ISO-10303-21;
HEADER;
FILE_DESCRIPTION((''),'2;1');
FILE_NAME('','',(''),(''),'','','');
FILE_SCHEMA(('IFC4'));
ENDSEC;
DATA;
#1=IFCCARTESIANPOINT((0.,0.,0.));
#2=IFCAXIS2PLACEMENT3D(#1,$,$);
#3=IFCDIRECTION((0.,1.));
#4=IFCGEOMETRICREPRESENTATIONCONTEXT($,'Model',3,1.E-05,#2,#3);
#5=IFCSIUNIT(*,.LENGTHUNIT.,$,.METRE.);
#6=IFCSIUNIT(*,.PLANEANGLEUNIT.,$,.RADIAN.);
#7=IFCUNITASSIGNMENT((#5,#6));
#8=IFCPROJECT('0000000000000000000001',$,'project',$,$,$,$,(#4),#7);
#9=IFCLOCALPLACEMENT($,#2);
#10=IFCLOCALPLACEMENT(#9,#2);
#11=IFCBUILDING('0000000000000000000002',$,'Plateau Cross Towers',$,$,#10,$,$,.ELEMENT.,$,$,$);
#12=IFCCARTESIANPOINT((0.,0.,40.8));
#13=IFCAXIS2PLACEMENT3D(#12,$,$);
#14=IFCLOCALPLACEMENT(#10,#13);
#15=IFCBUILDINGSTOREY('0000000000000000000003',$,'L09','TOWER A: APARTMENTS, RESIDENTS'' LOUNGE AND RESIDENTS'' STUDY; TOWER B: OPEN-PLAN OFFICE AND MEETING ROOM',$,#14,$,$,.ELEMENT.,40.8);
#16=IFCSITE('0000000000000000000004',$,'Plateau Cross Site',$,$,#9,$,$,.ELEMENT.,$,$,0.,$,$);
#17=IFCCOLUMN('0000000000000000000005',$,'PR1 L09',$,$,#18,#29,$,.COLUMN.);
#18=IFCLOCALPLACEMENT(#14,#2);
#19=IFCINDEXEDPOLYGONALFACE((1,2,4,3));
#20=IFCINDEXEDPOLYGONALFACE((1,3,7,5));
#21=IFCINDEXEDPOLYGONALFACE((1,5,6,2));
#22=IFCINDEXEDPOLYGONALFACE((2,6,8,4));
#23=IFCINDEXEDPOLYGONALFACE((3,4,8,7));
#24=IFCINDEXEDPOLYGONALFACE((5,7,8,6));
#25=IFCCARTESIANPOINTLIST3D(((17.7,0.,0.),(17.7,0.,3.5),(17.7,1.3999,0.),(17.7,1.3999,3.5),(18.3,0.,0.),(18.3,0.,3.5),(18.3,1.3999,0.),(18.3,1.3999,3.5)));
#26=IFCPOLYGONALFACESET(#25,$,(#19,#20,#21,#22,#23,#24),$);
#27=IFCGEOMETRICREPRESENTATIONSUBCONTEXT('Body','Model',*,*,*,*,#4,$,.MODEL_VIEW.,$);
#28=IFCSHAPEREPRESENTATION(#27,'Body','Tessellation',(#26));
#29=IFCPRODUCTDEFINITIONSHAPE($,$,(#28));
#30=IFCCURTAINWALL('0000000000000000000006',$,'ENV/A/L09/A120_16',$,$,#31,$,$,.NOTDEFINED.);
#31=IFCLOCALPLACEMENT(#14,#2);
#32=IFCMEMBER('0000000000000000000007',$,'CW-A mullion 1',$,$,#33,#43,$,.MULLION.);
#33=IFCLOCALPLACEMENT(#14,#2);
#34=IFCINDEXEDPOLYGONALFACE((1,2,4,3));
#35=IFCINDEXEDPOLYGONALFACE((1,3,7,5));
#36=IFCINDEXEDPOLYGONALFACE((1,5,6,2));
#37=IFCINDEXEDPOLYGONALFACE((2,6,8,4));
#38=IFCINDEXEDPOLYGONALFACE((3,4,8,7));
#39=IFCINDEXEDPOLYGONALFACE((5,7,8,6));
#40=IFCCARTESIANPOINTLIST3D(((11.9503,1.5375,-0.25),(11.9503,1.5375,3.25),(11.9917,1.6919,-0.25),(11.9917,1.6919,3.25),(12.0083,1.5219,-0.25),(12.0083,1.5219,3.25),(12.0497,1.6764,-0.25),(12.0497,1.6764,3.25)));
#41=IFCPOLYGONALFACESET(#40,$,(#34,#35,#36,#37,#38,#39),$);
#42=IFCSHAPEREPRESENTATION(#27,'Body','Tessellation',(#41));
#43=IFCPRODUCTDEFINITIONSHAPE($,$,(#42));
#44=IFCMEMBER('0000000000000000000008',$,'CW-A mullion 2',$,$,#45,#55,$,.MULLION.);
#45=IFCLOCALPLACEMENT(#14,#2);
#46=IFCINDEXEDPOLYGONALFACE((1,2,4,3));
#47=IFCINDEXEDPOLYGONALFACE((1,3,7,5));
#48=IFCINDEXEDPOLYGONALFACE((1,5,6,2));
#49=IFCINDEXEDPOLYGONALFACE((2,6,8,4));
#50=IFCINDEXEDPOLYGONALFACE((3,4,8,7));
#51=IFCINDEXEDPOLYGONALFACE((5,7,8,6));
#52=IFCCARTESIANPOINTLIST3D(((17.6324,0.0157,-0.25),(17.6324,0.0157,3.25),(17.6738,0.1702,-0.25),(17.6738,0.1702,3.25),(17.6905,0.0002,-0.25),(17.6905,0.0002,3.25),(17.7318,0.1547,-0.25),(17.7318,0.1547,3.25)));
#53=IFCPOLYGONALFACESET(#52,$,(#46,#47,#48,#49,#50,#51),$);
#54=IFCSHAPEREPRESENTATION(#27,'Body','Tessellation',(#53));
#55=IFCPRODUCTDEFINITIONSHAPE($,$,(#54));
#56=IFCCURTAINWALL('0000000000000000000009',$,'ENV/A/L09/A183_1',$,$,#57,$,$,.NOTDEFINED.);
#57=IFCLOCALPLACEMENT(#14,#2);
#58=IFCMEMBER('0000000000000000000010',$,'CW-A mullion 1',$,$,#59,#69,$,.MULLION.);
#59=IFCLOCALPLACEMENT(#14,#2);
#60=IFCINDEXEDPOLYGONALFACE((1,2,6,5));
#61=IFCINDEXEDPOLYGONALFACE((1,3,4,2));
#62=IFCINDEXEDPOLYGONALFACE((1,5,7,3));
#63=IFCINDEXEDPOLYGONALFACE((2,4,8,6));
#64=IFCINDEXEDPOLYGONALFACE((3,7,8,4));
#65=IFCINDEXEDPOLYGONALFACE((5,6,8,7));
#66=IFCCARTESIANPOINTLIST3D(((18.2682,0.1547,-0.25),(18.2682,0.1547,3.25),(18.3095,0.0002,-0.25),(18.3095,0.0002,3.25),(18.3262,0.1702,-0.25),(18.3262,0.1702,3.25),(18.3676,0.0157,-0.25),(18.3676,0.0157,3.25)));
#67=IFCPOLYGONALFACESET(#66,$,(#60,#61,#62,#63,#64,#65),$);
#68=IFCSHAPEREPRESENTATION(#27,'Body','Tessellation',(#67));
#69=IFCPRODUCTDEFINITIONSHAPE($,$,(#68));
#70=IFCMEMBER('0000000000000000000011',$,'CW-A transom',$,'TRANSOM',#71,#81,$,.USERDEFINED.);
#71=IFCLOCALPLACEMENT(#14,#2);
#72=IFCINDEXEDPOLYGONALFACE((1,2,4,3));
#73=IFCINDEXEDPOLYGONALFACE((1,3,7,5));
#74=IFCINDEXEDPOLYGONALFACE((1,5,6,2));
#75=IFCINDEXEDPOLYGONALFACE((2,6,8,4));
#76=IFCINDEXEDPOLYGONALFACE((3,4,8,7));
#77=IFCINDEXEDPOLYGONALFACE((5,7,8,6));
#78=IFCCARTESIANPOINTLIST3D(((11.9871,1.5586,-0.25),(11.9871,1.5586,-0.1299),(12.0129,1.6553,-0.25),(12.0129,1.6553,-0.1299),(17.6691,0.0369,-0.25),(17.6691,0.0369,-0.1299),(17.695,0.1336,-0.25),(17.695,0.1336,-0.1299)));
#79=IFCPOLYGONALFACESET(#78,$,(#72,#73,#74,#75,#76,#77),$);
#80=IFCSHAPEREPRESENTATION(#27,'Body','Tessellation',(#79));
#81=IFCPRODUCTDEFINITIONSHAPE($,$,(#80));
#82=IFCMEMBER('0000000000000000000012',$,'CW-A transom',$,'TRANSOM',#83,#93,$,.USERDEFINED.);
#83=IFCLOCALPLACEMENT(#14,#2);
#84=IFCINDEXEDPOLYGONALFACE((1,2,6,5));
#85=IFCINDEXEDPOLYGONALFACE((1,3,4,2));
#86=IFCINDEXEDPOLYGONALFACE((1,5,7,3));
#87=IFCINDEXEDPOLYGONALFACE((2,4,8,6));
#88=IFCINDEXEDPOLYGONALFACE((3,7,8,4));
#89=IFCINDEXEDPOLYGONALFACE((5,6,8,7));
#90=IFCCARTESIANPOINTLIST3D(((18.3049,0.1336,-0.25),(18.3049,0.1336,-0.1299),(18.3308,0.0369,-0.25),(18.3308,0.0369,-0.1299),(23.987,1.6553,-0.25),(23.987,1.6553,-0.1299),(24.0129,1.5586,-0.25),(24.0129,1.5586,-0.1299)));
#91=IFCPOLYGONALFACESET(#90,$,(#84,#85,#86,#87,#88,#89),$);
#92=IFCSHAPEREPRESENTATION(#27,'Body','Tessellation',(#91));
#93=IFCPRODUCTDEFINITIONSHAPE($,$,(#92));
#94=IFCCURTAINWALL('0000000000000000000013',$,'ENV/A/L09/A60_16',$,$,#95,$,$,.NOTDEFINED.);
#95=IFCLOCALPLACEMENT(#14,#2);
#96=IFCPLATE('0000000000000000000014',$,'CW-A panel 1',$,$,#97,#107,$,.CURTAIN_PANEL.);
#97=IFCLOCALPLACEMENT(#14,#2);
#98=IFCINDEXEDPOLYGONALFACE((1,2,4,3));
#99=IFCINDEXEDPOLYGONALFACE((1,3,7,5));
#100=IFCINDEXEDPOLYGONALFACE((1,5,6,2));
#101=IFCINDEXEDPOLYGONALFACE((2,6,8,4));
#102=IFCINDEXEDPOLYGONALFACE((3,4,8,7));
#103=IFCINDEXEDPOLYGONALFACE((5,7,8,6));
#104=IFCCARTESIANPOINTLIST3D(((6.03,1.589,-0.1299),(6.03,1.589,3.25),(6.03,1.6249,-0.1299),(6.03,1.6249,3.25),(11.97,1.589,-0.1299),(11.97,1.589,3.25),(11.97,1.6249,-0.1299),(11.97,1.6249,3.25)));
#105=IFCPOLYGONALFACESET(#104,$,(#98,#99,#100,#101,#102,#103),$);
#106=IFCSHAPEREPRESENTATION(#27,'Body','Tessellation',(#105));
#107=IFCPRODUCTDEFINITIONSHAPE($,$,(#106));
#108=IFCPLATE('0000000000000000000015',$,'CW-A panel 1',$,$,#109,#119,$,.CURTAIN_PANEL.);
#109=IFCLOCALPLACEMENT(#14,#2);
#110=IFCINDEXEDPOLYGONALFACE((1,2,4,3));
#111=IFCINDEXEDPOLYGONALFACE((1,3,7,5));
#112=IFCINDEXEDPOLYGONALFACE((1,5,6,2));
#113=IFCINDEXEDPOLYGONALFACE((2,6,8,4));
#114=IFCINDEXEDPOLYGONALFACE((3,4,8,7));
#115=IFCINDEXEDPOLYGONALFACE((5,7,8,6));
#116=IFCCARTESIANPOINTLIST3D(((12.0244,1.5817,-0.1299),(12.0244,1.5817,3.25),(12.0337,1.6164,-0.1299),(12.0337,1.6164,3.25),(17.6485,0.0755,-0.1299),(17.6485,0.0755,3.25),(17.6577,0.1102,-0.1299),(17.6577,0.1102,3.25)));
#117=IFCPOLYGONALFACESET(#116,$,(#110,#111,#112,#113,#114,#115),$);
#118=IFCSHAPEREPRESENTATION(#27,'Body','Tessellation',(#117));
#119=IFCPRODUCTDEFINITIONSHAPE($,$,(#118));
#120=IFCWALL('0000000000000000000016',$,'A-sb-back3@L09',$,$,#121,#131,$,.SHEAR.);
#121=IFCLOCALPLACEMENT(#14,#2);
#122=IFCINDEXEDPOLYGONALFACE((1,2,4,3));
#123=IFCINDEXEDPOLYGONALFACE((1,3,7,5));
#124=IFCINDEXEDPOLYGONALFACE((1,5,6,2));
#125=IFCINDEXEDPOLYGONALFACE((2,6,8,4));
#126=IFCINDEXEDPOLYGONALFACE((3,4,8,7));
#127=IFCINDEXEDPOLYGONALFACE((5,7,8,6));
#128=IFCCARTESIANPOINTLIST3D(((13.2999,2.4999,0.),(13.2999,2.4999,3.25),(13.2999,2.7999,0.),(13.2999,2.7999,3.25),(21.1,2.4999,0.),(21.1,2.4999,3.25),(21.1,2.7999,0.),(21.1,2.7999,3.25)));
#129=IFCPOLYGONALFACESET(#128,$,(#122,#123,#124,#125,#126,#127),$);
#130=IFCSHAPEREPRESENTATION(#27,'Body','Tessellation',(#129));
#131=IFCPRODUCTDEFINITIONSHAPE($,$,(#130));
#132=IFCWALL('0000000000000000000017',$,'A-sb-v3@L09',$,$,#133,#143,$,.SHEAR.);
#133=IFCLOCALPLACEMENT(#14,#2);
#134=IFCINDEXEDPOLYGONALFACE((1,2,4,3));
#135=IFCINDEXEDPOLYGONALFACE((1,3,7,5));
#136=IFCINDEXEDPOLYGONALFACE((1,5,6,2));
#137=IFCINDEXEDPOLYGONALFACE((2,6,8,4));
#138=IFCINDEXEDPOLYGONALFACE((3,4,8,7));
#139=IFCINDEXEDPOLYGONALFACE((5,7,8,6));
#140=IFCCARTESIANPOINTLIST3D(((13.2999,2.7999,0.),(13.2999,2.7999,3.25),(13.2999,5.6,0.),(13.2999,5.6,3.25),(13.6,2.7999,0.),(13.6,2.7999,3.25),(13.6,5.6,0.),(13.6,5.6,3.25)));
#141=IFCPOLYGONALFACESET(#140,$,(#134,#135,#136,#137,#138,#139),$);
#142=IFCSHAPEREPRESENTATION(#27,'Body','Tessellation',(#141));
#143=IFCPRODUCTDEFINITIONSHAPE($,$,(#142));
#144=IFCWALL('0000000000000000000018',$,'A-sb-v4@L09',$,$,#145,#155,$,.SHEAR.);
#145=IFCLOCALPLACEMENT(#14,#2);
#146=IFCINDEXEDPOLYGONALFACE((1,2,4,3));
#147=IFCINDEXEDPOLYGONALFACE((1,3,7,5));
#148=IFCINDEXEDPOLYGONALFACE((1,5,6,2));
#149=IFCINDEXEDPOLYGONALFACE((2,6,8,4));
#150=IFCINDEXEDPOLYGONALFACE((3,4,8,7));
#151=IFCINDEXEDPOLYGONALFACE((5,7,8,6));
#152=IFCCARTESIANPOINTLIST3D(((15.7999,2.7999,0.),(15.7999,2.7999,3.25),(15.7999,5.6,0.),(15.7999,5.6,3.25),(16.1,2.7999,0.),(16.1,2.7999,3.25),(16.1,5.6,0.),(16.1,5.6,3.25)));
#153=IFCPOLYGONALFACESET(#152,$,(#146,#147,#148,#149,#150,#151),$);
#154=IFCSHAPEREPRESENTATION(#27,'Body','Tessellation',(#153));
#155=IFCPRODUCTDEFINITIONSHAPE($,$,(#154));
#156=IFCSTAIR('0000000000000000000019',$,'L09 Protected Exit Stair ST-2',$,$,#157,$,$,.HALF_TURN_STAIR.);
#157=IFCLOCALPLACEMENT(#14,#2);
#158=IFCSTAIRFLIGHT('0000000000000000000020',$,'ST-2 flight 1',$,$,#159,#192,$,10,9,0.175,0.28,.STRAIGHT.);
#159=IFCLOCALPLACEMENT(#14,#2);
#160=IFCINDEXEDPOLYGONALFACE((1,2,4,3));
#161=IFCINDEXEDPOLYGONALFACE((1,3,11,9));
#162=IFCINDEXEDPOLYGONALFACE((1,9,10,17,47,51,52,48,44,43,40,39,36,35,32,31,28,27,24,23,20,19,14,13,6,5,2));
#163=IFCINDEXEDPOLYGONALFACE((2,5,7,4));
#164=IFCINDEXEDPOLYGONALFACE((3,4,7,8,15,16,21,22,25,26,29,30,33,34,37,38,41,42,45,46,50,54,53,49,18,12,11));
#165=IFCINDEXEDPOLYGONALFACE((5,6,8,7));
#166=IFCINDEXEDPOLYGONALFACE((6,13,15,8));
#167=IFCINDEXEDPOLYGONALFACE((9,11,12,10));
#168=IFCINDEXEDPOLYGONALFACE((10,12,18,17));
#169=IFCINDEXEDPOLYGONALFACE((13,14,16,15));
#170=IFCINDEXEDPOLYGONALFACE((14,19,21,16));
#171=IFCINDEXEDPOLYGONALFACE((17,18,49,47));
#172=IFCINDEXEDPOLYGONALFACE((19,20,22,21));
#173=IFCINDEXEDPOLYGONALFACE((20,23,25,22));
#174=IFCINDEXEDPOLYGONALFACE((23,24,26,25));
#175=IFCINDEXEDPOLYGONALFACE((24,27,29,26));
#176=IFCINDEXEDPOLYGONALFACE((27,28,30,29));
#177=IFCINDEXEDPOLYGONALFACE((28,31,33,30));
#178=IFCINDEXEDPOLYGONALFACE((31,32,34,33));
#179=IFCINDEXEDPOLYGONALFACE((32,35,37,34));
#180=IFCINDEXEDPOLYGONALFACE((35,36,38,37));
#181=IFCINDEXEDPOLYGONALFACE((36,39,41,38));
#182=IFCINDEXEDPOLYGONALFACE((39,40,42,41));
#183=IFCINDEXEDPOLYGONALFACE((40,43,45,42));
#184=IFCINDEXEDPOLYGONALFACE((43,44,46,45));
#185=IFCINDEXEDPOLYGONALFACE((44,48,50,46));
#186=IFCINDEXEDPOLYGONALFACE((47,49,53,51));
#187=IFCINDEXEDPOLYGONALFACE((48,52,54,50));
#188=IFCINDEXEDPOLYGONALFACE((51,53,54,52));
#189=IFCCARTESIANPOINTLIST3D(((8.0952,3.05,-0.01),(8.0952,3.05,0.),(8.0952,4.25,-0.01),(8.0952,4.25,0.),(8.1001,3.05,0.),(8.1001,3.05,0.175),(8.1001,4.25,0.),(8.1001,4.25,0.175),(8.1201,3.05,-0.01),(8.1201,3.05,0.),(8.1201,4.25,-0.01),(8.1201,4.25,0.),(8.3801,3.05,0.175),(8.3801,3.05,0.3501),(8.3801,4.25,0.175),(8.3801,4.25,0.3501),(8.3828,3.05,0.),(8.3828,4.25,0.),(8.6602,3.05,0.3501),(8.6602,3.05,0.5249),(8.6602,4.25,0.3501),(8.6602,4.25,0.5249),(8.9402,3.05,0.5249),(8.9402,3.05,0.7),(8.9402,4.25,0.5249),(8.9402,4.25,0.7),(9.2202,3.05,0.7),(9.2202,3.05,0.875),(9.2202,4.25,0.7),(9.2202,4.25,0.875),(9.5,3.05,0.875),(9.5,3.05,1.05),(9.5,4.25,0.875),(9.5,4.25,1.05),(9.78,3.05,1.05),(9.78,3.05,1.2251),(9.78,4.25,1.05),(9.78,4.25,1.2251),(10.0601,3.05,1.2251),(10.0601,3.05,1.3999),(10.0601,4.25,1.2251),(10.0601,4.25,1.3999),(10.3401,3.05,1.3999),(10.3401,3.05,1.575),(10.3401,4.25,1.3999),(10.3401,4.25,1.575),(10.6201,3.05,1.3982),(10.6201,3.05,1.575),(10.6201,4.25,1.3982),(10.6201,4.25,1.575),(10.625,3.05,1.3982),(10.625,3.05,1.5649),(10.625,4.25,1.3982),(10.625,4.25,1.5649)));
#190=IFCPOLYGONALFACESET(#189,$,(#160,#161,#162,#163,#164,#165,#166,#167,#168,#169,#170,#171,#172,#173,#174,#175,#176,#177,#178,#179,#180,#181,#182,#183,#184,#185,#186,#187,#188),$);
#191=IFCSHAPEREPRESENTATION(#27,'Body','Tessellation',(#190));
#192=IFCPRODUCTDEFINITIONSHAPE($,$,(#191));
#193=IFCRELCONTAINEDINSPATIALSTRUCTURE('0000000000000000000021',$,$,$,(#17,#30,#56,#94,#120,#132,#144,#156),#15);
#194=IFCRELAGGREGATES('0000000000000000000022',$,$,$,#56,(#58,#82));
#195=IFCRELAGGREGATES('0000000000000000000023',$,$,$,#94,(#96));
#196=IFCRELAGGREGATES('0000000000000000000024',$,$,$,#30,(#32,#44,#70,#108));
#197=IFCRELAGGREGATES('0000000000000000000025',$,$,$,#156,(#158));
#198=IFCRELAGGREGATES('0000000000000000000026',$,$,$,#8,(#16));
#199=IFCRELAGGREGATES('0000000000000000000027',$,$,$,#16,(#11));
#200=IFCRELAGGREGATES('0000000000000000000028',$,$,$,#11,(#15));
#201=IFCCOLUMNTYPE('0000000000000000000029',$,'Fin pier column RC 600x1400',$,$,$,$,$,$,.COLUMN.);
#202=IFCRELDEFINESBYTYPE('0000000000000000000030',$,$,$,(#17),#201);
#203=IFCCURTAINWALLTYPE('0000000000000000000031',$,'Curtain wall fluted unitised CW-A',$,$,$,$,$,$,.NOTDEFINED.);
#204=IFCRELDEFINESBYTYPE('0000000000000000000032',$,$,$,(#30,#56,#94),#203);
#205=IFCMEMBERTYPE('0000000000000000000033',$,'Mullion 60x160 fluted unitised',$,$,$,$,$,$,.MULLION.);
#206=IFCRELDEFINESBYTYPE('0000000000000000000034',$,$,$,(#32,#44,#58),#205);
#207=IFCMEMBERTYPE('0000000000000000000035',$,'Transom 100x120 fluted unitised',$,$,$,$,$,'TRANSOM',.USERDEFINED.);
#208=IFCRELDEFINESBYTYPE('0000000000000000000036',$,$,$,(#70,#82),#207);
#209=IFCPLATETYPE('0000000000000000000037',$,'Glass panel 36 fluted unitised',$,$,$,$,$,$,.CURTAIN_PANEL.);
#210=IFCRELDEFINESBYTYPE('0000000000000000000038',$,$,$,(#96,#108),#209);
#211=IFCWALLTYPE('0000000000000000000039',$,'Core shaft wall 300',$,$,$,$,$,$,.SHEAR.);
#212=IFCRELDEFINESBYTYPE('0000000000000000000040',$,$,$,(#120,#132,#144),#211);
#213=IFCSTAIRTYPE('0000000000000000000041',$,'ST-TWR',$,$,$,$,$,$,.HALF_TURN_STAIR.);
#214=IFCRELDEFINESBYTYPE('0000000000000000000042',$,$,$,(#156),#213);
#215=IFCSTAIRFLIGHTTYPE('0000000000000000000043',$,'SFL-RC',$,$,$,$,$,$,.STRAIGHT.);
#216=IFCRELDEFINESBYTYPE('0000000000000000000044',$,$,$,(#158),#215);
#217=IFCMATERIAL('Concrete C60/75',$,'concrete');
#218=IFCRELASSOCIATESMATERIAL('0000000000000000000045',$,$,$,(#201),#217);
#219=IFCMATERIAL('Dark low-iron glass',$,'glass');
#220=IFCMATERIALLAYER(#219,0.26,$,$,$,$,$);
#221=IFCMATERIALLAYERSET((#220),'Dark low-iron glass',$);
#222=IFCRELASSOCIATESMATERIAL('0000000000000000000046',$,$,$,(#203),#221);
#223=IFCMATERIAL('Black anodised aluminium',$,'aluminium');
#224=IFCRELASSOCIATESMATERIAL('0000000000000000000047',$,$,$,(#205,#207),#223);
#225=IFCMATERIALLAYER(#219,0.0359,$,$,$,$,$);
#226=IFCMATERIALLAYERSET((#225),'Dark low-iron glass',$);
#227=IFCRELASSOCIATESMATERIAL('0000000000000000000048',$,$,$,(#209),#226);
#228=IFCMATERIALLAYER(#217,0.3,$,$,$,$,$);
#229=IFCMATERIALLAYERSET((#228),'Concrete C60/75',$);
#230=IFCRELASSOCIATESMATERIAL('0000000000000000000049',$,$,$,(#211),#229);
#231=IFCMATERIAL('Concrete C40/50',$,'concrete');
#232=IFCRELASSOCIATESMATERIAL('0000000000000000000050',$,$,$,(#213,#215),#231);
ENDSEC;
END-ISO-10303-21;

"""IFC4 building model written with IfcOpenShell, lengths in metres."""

from ifc_helpers import new_model, si_unit, direction, frame, frame_2d, origin, origin_2d, place, context, subcontext, project, spatial, polyline, rectangle, outline, extrude, material, layer, layer_set, material_profile, profile_set, type_object, element, aggregate, save


model = new_model("IFC4")

# Units and contexts
model_context = context("Model", 3, precision=1e-05, world=origin(), true_north=direction((0.0, 1.0)))
body_context = subcontext(model_context, "Body", "Model", "MODEL_VIEW")
ifc_project = project(units=[si_unit("LENGTHUNIT", "METRE"), si_unit("PLANEANGLEUNIT", "RADIAN")], contexts=[model_context])

# Site, building, storey
site_placement = place(None, origin())
site = spatial("IfcSite", under=ifc_project, at=site_placement, Name="Plateau Cross Site", CompositionType="ELEMENT", RefElevation=0.0)
building_placement = place(site_placement, origin())
building = spatial("IfcBuilding", under=site, at=building_placement, Name="Plateau Cross Towers", CompositionType="ELEMENT")
storey_placement = place(building_placement, frame((0.0, 0.0, 40.8)))
storey = spatial("IfcBuildingStorey", under=building, at=storey_placement, Name="L09", Description="TOWER A: APARTMENTS, RESIDENTS' LOUNGE AND RESIDENTS' STUDY; TOWER B: OPEN-PLAN OFFICE AND MEETING ROOM", CompositionType="ELEMENT", Elevation=40.8)

# Column
ifc_material_1 = material(Name="Concrete C60/75", Category="concrete")
ifc_material_profile_1 = material_profile(ifc_material_1, rectangle(XDim=0.6001, YDim=1.3999, at=origin_2d()), Name="RC 600x1400")
ifc_profile_set_1 = profile_set([ifc_material_profile_1], Name="Concrete C60/75")
column_type = type_object("IfcColumnType", Name="Fin pier column RC 600x1400", PredefinedType="COLUMN", material=ifc_profile_set_1)
column_placement = place(storey_placement, frame((18.0, 0.7, 0.0), z_axis=(0.0, 0.0, 1.0), x_axis=(1.0, 0.0, 0.0)))
element("IfcColumn", 1, at=column_placement, inside=storey, type_object=column_type, Name="PR1 L09", PredefinedType="COLUMN", context=body_context, shape_type="SweptSolid", body=[
    extrude(rectangle(XDim=0.6001, YDim=1.3999, at=origin_2d()), origin(), (0.0, 0.0, 1.0), 3.5),
])

# Curtain wall, members
ifc_material_2 = material(Name="Dark low-iron glass", Category="glass")
ifc_layer_1 = layer(ifc_material_2, 0.26)
ifc_layer_set_1 = layer_set([ifc_layer_1], Name="Dark low-iron glass")
curtain_wall_type = type_object("IfcCurtainWallType", Name="Curtain wall fluted unitised CW-A", PredefinedType="NOTDEFINED", material=ifc_layer_set_1)
curtain_wall_1_placement = place(storey_placement, origin())
curtain_wall_1 = element("IfcCurtainWall", 2, at=curtain_wall_1_placement, inside=storey, type_object=curtain_wall_type, Name="ENV/A/L09/A120_16", PredefinedType="NOTDEFINED")
ifc_material_3 = material(Name="Black anodised aluminium", Category="aluminium")
ifc_material_profile_2 = material_profile(ifc_material_3, rectangle(XDim=0.0601, YDim=0.1599, at=origin_2d()), Name="MULLION 60x160")
ifc_profile_set_2 = profile_set([ifc_material_profile_2], Name="Black anodised aluminium")
member_type_1 = type_object("IfcMemberType", Name="Mullion 60x160 fluted unitised", PredefinedType="MULLION", material=ifc_profile_set_2)
member_1_placement = place(storey_placement, frame((12.0, 1.6069, -0.25), z_axis=(0.0, 0.0, 1.0), x_axis=(0.965958, -0.258699, 0.0)))
member_1 = element("IfcMember", 3, at=member_1_placement, type_object=member_type_1, Name="CW-A mullion 1", PredefinedType="MULLION", context=body_context, shape_type="SweptSolid", body=[
    extrude(rectangle(XDim=0.0601, YDim=0.1599, at=origin_2d()), origin(), (0.0, 0.0, 1.0), 3.5),
])
member_2_placement = place(storey_placement, frame((17.6821, 0.0852, -0.25), z_axis=(0.0, 0.0, 1.0), x_axis=(0.965958, -0.258699, 0.0)))
member_2 = element("IfcMember", 4, at=member_2_placement, type_object=member_type_1, Name="CW-A mullion 2", PredefinedType="MULLION", context=body_context, shape_type="SweptSolid", body=[
    extrude(rectangle(XDim=0.0601, YDim=0.1599, at=origin_2d()), origin(), (0.0, 0.0, 1.0), 3.5),
])

# Curtain wall, member
curtain_wall_2_placement = place(storey_placement, origin())
curtain_wall_2 = element("IfcCurtainWall", 5, at=curtain_wall_2_placement, inside=storey, type_object=curtain_wall_type, Name="ENV/A/L09/A183_1", PredefinedType="NOTDEFINED")
member_3_placement = place(storey_placement, frame((18.3179, 0.0852, -0.25), z_axis=(0.0, 0.0, 1.0), x_axis=(0.965958, 0.258699, 0.0)))
member_3 = element("IfcMember", 6, at=member_3_placement, type_object=member_type_1, Name="CW-A mullion 1", PredefinedType="MULLION", context=body_context, shape_type="SweptSolid", body=[
    extrude(rectangle(XDim=0.0601, YDim=0.1599, at=origin_2d()), origin(), (0.0, 0.0, 1.0), 3.5),
])

# Members
ifc_material_profile_3 = material_profile(ifc_material_3, rectangle(XDim=0.1001, YDim=0.1201, at=origin_2d()), Name="TRANSOM 100x120")
ifc_profile_set_3 = profile_set([ifc_material_profile_3], Name="Black anodised aluminium")
member_type_2 = type_object("IfcMemberType", Name="Transom 100x120 fluted unitised", ElementType="TRANSOM", PredefinedType="USERDEFINED", material=ifc_profile_set_3)
member_4_placement = place(storey_placement, frame((12.0, 1.6069, -0.1899), z_axis=(0.96596, -0.258693, 0.0), x_axis=(0.258693, 0.96596, 0.0)))
member_4 = element("IfcMember", 7, at=member_4_placement, type_object=member_type_2, Name="CW-A transom", ObjectType="TRANSOM", PredefinedType="USERDEFINED", context=body_context, shape_type="SweptSolid", body=[
    extrude(rectangle(XDim=0.1001, YDim=0.1201, at=origin_2d()), origin(), (0.0, 0.0, 1.0), 5.8823),
])
member_5_placement = place(storey_placement, frame((18.3179, 0.0852, -0.1899), z_axis=(0.96596, 0.258693, 0.0), x_axis=(-0.258693, 0.96596, 0.0)))
member_5 = element("IfcMember", 8, at=member_5_placement, type_object=member_type_2, Name="CW-A transom", ObjectType="TRANSOM", PredefinedType="USERDEFINED", context=body_context, shape_type="SweptSolid", body=[
    extrude(rectangle(XDim=0.1001, YDim=0.1201, at=origin_2d()), origin(), (0.0, 0.0, 1.0), 5.8823),
])
aggregate(curtain_wall_2, [member_3, member_5])

# Curtain wall, plate
curtain_wall_3_placement = place(storey_placement, origin())
curtain_wall_3 = element("IfcCurtainWall", 9, at=curtain_wall_3_placement, inside=storey, type_object=curtain_wall_type, Name="ENV/A/L09/A60_16", PredefinedType="NOTDEFINED")
ifc_layer_2 = layer(ifc_material_2, 0.0359)
ifc_layer_set_2 = layer_set([ifc_layer_2], Name="Dark low-iron glass")
plate_type = type_object("IfcPlateType", Name="Glass panel 36 fluted unitised", PredefinedType="CURTAIN_PANEL", material=ifc_layer_set_2)
plate_1_placement = place(storey_placement, frame((9.0, 1.6069, -0.1299), z_axis=(0.0, 0.0, 1.0), x_axis=(1.0, 0.0, 0.0)))
plate_1 = element("IfcPlate", 10, at=plate_1_placement, type_object=plate_type, Name="CW-A panel 1", PredefinedType="CURTAIN_PANEL", context=body_context, shape_type="SweptSolid", body=[
    extrude(rectangle(XDim=5.9399, YDim=0.0359, at=origin_2d()), origin(), (0.0, 0.0, 1.0), 3.3799),
])
aggregate(curtain_wall_3, [plate_1])

# Plate
plate_2_placement = place(storey_placement, frame((14.8411, 0.8459, -0.1299), z_axis=(0.0, 0.0, 1.0), x_axis=(0.965958, -0.258699, 0.0)))
plate_2 = element("IfcPlate", 11, at=plate_2_placement, type_object=plate_type, Name="CW-A panel 1", PredefinedType="CURTAIN_PANEL", context=body_context, shape_type="SweptSolid", body=[
    extrude(rectangle(XDim=5.8223, YDim=0.0359, at=origin_2d()), origin(), (0.0, 0.0, 1.0), 3.3799),
])
aggregate(curtain_wall_1, [member_1, member_2, member_4, plate_2])

# Walls
ifc_layer_3 = layer(ifc_material_1, 0.3)
ifc_layer_set_3 = layer_set([ifc_layer_3], Name="Concrete C60/75")
wall_type = type_object("IfcWallType", Name="Core shaft wall 300", PredefinedType="SHEAR", material=ifc_layer_set_3)
wall_placement = place(storey_placement, frame((13.3, 2.6499, 0.0), z_axis=(0.0, 0.0, 1.0), x_axis=(1.0, 0.0, 0.0)))
element("IfcWall", 12, at=wall_placement, inside=storey, type_object=wall_type, Name="A-sb-back3@L09", PredefinedType="SHEAR", context=body_context, shape_type="SweptSolid", body=[
    extrude(rectangle(XDim=7.8, YDim=0.3, at=frame_2d((3.8999, 0.0))), origin(), (0.0, 0.0, 1.0), 3.25),
])
for number, where, z_axis, x_axis, name in (
    (13, (13.45, 2.8, 0.0), (0.0, 0.0, 1.0), (0.0, 1.0, 0.0), "A-sb-v3@L09"),
    (14, (15.95, 2.8, 0.0), (0.0, 0.0, 1.0), (0.0, 1.0, 0.0), "A-sb-v4@L09"),
):
    element("IfcWall", number, at=place(storey_placement, frame(where, z_axis=z_axis, x_axis=x_axis)), inside=storey, type_object=wall_type, Name=name, PredefinedType="SHEAR", context=body_context, shape_type="SweptSolid", body=[
        extrude(rectangle(XDim=2.8, YDim=0.3, at=frame_2d((1.3999, 0.0))), origin(), (0.0, 0.0, 1.0), 3.25),
    ])

# Stair, stair flight
ifc_material_4 = material(Name="Concrete C40/50", Category="concrete")
stair_type = type_object("IfcStairType", Name="ST-TWR", PredefinedType="HALF_TURN_STAIR", material=ifc_material_4)
stair_placement = place(storey_placement, origin())
stair = element("IfcStair", 15, at=stair_placement, inside=storey, type_object=stair_type, Name="L09 Protected Exit Stair ST-2", PredefinedType="HALF_TURN_STAIR")
stair_flight_type = type_object("IfcStairFlightType", Name="SFL-RC", PredefinedType="STRAIGHT", material=ifc_material_4)
stair_flight_placement = place(storey_placement, frame((8.1001, 3.6499, 0.0), z_axis=(0.0, 0.0, 1.0), x_axis=(1.0, 0.0, 0.0)))
stair_flight = element("IfcStairFlight", 16, at=stair_flight_placement, type_object=stair_flight_type, Name="ST-2 flight 1", NumberOfRisers=10, NumberOfTreads=9, PredefinedType="STRAIGHT", RiserHeight=0.175, TreadLength=0.28, context=body_context, shape_type="SweptSolid", body=[
    extrude(outline(polyline([(-0.0049, -0.01), (-0.0049, 0.0), (0.0, 0.0), (0.0, 0.175), (0.28, 0.175), (0.28, 0.3501), (0.5601, 0.3501), (0.5601, 0.5249), (0.8401, 0.5249), (0.8401, 0.7), (1.1201, 0.7), (1.1201, 0.875), (1.3999, 0.875), (1.3999, 1.05), (1.6799, 1.05), (1.6799, 1.2251), (1.96, 1.2251), (1.96, 1.3999), (2.24, 1.3999), (2.24, 1.575), (2.52, 1.575), (2.5249, 1.5649), (2.5249, 1.3982), (2.52, 1.3982), (0.2827, 0.0), (0.02, 0.0), (0.02, -0.01), (-0.0049, -0.01)])), frame((0.0, 0.6001, 0.0), z_axis=(0.0, -1.0, 0.0), x_axis=(1.0, 0.0, 0.0)), (0.0, 0.0, 1.0), 1.2),
])
aggregate(stair, [stair_flight])

save(model, "model.ifc")
